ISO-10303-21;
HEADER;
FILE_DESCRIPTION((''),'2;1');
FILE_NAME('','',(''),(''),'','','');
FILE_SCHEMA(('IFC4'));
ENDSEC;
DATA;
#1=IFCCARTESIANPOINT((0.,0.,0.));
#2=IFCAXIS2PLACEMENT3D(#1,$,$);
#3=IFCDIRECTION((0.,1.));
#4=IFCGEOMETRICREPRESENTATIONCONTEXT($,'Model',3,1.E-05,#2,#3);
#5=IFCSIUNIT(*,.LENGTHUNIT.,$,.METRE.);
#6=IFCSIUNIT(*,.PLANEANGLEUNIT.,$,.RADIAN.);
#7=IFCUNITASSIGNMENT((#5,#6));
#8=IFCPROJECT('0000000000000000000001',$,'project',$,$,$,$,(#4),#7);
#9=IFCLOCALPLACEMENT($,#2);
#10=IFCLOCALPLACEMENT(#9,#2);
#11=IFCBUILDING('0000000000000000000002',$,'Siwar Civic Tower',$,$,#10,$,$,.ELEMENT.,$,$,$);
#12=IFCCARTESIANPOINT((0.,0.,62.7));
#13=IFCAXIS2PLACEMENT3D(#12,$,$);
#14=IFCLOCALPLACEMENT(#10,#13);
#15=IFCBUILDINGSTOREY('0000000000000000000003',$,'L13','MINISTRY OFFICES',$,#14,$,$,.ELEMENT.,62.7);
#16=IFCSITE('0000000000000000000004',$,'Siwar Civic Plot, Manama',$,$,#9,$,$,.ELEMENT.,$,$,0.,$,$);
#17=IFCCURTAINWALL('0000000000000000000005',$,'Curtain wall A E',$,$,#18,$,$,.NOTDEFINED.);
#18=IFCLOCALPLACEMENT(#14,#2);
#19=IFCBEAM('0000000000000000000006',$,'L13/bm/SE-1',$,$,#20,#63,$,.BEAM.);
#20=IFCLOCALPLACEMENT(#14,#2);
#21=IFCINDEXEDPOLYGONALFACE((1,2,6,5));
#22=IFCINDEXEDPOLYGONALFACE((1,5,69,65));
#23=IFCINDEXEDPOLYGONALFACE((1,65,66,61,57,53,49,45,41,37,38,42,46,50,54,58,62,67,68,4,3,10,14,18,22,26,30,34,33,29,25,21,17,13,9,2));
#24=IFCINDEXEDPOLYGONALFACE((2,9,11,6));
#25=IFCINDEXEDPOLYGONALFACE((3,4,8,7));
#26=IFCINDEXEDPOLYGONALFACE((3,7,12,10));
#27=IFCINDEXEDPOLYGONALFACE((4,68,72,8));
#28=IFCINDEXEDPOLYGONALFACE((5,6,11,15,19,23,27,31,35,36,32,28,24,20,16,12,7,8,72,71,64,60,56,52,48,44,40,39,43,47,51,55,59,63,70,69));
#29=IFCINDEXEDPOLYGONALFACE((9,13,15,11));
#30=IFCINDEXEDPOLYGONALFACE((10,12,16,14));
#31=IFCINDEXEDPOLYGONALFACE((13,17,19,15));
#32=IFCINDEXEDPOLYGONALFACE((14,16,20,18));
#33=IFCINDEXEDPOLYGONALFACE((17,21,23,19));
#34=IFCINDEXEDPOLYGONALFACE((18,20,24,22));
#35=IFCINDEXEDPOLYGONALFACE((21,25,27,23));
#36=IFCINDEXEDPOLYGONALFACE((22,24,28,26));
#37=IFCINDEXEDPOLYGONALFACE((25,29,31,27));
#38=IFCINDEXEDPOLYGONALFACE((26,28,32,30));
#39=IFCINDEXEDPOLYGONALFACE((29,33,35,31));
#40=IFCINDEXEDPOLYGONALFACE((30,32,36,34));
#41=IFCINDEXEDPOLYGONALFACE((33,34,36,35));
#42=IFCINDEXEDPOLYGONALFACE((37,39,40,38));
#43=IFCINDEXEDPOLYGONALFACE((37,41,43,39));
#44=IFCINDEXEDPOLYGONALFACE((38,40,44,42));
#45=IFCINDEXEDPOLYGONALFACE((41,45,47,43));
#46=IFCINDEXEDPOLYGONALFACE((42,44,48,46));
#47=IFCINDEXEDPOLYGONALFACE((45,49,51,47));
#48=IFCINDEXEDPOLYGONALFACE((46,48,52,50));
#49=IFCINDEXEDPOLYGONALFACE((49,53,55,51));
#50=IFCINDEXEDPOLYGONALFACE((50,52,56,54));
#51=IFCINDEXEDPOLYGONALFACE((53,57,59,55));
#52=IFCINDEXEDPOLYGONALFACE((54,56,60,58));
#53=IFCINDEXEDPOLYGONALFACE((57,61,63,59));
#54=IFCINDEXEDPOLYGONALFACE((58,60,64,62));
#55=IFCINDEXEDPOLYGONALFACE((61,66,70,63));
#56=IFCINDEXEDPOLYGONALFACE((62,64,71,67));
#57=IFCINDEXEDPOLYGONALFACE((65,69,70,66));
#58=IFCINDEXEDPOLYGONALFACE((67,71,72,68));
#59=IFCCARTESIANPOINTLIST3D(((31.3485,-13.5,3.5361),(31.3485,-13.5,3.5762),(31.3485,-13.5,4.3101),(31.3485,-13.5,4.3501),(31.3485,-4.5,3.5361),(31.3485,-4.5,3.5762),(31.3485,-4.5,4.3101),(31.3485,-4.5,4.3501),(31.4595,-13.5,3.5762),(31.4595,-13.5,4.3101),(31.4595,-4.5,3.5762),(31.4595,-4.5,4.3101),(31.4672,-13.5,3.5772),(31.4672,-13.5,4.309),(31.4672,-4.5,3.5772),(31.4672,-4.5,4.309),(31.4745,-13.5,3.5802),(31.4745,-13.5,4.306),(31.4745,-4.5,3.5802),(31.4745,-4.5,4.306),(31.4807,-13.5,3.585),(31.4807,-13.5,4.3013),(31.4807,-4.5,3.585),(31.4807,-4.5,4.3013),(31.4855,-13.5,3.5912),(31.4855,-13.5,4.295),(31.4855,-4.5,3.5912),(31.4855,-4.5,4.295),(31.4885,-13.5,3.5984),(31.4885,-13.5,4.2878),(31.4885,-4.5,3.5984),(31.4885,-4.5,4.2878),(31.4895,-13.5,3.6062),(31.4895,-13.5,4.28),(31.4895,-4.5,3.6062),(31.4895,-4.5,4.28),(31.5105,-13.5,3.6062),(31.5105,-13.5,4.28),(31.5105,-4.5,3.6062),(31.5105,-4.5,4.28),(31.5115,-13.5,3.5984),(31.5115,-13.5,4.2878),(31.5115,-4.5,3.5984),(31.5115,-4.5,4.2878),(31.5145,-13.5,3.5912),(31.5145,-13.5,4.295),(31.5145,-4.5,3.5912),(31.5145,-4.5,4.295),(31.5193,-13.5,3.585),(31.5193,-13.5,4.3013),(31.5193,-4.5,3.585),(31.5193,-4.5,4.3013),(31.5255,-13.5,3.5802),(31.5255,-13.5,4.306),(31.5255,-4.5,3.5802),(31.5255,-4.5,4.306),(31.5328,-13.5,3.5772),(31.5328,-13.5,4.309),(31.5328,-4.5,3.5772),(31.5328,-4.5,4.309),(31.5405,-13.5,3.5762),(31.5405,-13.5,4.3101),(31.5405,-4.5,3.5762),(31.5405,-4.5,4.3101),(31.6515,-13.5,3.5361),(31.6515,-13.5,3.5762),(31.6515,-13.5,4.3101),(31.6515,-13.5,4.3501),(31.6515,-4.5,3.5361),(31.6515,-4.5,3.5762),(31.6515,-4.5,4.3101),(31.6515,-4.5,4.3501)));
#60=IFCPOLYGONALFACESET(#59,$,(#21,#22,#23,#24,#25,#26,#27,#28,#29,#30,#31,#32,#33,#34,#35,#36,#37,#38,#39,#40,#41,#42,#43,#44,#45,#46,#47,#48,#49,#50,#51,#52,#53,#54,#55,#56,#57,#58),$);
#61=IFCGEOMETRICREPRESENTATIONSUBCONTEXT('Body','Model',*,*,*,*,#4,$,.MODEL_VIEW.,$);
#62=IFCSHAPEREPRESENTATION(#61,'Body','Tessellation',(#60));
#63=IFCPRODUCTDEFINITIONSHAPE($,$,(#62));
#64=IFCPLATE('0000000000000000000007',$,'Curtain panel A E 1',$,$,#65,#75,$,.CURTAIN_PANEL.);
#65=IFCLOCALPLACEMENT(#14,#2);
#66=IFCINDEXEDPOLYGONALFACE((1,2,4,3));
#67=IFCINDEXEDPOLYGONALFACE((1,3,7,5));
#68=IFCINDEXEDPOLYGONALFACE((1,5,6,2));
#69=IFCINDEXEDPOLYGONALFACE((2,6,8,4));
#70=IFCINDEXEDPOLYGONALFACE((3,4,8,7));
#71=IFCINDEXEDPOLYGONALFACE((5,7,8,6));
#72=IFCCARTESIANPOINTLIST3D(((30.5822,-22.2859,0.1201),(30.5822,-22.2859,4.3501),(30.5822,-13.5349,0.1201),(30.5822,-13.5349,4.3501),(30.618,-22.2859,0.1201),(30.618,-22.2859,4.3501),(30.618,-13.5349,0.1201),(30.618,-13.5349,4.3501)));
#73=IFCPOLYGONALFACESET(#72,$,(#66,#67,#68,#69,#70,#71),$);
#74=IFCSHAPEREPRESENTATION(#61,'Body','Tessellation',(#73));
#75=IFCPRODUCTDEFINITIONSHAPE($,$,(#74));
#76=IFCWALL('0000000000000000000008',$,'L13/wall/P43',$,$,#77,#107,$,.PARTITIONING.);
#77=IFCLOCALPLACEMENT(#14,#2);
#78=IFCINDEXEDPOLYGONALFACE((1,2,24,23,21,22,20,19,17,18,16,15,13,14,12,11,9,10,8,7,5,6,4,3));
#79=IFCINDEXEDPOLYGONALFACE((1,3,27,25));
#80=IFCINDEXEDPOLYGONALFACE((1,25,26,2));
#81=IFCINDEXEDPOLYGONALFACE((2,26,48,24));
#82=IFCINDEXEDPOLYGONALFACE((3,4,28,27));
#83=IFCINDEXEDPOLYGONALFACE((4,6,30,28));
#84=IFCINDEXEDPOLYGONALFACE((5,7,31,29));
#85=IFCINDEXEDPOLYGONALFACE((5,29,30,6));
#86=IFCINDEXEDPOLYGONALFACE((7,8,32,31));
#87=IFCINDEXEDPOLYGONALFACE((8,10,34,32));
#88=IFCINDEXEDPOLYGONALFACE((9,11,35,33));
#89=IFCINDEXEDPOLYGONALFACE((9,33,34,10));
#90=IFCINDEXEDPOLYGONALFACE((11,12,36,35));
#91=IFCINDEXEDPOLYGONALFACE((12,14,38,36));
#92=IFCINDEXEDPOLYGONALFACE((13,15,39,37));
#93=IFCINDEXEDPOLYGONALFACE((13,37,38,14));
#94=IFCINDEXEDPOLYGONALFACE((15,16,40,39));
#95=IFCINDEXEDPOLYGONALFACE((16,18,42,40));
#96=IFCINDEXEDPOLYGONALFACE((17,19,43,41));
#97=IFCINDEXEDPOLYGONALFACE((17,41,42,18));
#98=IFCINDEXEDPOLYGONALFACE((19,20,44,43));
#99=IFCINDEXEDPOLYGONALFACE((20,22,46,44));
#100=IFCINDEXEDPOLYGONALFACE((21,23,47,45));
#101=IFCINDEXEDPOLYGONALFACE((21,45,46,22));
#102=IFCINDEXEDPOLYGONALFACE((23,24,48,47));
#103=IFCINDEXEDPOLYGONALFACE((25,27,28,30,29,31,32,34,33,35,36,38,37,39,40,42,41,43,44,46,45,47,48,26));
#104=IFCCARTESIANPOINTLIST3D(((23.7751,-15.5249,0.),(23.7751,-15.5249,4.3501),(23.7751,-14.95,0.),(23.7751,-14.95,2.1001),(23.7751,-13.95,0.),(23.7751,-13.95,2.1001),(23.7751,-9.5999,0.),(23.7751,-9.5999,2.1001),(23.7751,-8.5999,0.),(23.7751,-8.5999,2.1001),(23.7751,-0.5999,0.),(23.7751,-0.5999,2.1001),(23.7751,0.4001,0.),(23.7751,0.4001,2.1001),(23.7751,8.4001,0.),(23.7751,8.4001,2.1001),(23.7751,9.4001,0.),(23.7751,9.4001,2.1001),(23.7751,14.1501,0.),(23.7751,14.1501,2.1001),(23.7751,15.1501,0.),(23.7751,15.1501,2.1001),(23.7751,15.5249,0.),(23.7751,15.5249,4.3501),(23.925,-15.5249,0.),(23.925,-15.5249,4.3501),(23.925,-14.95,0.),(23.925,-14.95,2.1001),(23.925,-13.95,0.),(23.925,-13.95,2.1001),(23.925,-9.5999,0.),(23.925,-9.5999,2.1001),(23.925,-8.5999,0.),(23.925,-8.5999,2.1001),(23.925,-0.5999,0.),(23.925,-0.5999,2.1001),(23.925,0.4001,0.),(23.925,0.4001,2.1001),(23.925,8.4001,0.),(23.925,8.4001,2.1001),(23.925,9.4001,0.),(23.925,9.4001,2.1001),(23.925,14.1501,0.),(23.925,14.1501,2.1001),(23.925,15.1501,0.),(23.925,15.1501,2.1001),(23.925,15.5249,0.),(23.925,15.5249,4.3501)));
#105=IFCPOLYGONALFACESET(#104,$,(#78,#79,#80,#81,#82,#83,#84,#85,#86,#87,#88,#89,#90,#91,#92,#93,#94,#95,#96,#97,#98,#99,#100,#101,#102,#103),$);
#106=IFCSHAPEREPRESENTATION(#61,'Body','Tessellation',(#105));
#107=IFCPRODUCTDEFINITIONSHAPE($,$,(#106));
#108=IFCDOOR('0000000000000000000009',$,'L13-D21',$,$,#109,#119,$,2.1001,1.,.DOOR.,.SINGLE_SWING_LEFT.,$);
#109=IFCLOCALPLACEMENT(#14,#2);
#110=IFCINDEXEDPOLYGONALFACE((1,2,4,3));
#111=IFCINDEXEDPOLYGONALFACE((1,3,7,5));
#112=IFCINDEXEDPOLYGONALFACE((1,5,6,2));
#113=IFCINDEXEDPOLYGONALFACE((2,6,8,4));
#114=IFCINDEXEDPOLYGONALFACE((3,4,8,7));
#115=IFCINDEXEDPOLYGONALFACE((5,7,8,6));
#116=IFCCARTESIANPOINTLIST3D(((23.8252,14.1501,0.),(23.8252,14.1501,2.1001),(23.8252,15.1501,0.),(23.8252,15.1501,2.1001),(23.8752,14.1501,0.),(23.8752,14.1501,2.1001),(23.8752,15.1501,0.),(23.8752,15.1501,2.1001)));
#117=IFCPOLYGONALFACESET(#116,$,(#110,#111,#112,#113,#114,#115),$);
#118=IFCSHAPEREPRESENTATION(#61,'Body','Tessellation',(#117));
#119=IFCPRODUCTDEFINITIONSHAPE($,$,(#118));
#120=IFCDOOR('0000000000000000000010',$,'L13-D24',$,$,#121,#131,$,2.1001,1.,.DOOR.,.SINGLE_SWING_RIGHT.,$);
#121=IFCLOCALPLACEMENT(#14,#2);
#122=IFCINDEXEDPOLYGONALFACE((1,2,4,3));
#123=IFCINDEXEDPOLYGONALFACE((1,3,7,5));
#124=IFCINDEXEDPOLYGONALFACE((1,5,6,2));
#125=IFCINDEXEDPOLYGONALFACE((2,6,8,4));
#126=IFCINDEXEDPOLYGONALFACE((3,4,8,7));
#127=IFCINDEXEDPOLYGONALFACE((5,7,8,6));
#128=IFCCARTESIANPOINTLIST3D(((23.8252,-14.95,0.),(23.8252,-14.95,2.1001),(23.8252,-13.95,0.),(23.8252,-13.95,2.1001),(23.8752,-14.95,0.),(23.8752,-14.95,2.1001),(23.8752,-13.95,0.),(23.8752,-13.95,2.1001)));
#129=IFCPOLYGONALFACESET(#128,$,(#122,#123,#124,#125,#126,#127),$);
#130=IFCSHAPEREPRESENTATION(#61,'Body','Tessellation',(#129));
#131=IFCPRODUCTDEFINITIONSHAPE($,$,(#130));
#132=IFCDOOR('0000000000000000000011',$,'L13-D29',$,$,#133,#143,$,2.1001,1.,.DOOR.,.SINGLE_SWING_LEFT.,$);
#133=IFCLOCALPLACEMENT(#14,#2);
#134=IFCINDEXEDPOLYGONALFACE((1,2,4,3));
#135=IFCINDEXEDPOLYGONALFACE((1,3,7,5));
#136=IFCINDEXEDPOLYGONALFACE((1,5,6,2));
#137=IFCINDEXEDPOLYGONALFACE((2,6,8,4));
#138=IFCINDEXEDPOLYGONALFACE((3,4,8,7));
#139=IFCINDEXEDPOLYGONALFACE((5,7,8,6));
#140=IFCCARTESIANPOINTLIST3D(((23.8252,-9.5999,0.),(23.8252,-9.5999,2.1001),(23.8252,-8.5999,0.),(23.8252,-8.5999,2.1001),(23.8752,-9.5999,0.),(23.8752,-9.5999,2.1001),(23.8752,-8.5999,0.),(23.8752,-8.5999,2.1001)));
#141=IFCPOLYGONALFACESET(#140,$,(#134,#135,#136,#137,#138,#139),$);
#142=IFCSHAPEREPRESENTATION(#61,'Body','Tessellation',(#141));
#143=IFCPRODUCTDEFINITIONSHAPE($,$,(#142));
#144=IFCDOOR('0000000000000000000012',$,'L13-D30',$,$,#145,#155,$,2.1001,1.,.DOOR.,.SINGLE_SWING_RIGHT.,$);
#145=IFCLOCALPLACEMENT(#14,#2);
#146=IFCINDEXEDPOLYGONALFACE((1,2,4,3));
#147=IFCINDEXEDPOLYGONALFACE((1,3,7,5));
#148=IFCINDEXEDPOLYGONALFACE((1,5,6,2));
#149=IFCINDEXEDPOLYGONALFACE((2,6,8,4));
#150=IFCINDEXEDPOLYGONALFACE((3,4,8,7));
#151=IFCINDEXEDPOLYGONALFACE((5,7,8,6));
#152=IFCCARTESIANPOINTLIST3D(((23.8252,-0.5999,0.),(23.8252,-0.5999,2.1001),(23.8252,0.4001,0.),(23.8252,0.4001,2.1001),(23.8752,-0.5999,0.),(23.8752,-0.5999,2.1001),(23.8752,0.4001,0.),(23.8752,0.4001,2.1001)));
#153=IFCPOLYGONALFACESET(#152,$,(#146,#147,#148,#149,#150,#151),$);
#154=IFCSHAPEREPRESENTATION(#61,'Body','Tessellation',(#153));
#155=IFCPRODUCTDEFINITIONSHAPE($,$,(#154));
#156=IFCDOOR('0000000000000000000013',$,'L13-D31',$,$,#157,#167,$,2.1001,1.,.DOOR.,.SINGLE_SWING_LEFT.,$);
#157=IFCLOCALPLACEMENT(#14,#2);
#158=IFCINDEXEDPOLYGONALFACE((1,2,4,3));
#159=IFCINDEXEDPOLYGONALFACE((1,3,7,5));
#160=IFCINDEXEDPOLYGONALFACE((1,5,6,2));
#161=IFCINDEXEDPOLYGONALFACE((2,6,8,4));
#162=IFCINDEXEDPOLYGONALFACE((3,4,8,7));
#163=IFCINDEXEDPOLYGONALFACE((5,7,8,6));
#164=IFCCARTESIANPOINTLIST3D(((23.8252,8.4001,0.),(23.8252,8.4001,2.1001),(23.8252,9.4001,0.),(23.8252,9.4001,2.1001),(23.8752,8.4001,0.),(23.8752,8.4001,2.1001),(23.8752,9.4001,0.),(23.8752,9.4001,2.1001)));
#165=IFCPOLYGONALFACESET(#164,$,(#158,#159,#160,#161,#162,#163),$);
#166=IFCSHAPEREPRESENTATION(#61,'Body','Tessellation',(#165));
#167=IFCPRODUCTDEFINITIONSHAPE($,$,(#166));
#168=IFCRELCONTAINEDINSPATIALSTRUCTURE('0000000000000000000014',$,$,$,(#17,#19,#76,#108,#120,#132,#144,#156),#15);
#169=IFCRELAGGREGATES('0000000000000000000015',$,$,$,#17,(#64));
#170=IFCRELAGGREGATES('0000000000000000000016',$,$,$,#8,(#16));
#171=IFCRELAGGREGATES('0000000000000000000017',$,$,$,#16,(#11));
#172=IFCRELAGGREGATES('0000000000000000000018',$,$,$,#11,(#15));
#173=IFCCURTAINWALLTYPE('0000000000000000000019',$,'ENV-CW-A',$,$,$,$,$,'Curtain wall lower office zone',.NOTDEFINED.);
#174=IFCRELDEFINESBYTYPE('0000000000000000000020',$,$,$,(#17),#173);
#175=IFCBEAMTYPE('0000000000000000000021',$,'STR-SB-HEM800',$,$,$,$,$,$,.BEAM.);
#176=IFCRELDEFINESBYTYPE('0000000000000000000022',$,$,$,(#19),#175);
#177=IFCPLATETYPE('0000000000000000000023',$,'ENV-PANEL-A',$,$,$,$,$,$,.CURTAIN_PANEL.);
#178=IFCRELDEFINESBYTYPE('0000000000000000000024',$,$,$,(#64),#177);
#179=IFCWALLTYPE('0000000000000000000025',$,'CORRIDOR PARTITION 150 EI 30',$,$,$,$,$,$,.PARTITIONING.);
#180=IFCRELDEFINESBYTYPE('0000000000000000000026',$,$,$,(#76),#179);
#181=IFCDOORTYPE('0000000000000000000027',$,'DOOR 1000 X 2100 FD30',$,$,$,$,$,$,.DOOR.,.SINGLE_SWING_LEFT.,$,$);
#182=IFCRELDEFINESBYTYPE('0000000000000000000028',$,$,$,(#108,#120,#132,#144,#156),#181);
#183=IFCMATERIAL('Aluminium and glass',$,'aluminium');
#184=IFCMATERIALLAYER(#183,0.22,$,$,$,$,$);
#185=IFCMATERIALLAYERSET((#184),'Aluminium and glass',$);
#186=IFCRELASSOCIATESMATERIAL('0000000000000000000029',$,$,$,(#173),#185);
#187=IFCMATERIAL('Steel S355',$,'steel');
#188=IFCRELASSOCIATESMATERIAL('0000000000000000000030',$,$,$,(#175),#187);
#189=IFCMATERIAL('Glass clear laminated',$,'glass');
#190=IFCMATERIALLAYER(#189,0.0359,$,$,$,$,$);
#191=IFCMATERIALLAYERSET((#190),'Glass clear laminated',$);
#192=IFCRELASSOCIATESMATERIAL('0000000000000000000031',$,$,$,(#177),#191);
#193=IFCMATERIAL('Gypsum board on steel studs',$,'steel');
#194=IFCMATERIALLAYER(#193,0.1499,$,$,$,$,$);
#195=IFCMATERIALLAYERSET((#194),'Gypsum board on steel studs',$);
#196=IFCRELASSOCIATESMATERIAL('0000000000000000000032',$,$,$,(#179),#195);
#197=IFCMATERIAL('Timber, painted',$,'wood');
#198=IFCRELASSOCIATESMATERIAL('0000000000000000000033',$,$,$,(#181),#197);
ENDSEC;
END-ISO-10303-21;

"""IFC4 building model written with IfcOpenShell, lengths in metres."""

from ifc_helpers import new_model, si_unit, direction, frame, frame_2d, origin, origin_2d, place, context, subcontext, project, spatial, rectangle, i_section, extrude, material, layer, layer_set, material_profile, profile_set, type_object, element, fill, aggregate, save


model = new_model("IFC4")

# Units and contexts
model_context = context("Model", 3, precision=1e-05, world=origin(), true_north=direction((0.0, 1.0)))
body_context = subcontext(model_context, "Body", "Model", "MODEL_VIEW")
ifc_project = project(units=[si_unit("LENGTHUNIT", "METRE"), si_unit("PLANEANGLEUNIT", "RADIAN")], contexts=[model_context])

# Site, building, storey
site_placement = place(None, origin())
site = spatial("IfcSite", under=ifc_project, at=site_placement, Name="Siwar Civic Plot, Manama", CompositionType="ELEMENT", RefElevation=0.0)
building_placement = place(site_placement, origin())
building = spatial("IfcBuilding", under=site, at=building_placement, Name="Siwar Civic Tower", CompositionType="ELEMENT")
storey_placement = place(building_placement, frame((0.0, 0.0, 62.7)))
storey = spatial("IfcBuildingStorey", under=building, at=storey_placement, Name="L13", Description="MINISTRY OFFICES", CompositionType="ELEMENT", Elevation=62.7)

# Curtain wall
ifc_material_1 = material(Name="Aluminium and glass", Category="aluminium")
ifc_layer_1 = layer(ifc_material_1, 0.22)
ifc_layer_set_1 = layer_set([ifc_layer_1], Name="Aluminium and glass")
curtain_wall_type = type_object("IfcCurtainWallType", Name="ENV-CW-A", ElementType="Curtain wall lower office zone", PredefinedType="NOTDEFINED", material=ifc_layer_set_1)
curtain_wall_placement = place(storey_placement, origin())
curtain_wall = element("IfcCurtainWall", 1, at=curtain_wall_placement, inside=storey, type_object=curtain_wall_type, Name="Curtain wall A E", PredefinedType="NOTDEFINED")

# Beam
ifc_material_2 = material(Name="Steel S355", Category="steel")
ifc_material_profile_1 = material_profile(ifc_material_2, i_section(OverallWidth=0.303, OverallDepth=0.814, WebThickness=0.021, FlangeThickness=0.04, FilletRadius=0.03, at=origin_2d()), Name="HEM800")
ifc_profile_set_1 = profile_set([ifc_material_profile_1], Name="Steel S355")
beam_type_1 = type_object("IfcBeamType", Name="STR-SB-HEM800", PredefinedType="BEAM", material=ifc_profile_set_1)
beam_1_placement = place(storey_placement, frame((31.5, -13.5, 3.9431), z_axis=(0.0, 1.0, 0.0), x_axis=(-1.0, 0.0, 0.0)))
element("IfcBeam", 2, at=beam_1_placement, inside=storey, type_object=beam_type_1, Name="L13/bm/SE-1", PredefinedType="BEAM", context=body_context, shape_type="SweptSolid", body=[
    extrude(i_section(OverallWidth=0.303, OverallDepth=0.814, WebThickness=0.021, FlangeThickness=0.04, FilletRadius=0.03, at=origin_2d()), origin(), (0.0, 0.0, 1.0), 9.0),
])

# Plate
ifc_material_3 = material(Name="Glass clear laminated", Category="glass")
ifc_layer_2 = layer(ifc_material_3, 0.0359)
ifc_layer_set_2 = layer_set([ifc_layer_2], Name="Glass clear laminated")
plate_type = type_object("IfcPlateType", Name="ENV-PANEL-A", PredefinedType="CURTAIN_PANEL", material=ifc_layer_set_2)
plate_placement = place(storey_placement, frame((30.6001, -17.9104, 0.1201), z_axis=(0.0, 0.0, 1.0), x_axis=(0.0, 1.0, 0.0)))
plate = element("IfcPlate", 3, at=plate_placement, type_object=plate_type, Name="Curtain panel A E 1", PredefinedType="CURTAIN_PANEL", context=body_context, shape_type="SweptSolid", body=[
    extrude(rectangle(XDim=8.751, YDim=0.0359, at=origin_2d()), origin(), (0.0, 0.0, 1.0), 4.23),
])
aggregate(curtain_wall, [plate])

# Wall, openings, doors
ifc_material_4 = material(Name="Gypsum board on steel studs", Category="steel")
ifc_layer_3 = layer(ifc_material_4, 0.1499)
ifc_layer_set_3 = layer_set([ifc_layer_3], Name="Gypsum board on steel studs")
wall_type_1 = type_object("IfcWallType", Name="CORRIDOR PARTITION 150 EI 30", PredefinedType="PARTITIONING", material=ifc_layer_set_3)
wall_1_placement = place(storey_placement, frame((23.8501, -15.5249, 0.0), z_axis=(0.0, 0.0, 1.0), x_axis=(0.0, 1.0, 0.0)))
wall_1 = element("IfcWall", 4, at=wall_1_placement, inside=storey, type_object=wall_type_1, Name="L13/wall/P43", PredefinedType="PARTITIONING", context=body_context, shape_type="SweptSolid", body=[
    extrude(rectangle(XDim=31.0498, YDim=0.1499, at=frame_2d((15.5249, 0.0))), origin(), (0.0, 0.0, 1.0), 4.3501),
])
opening_1_placement = place(wall_1_placement, frame((29.675, 0.0, 0.0)))
opening_1 = element("IfcOpeningElement", 5, at=opening_1_placement, cuts=wall_1, PredefinedType="OPENING", context=body_context, shape_type="SweptSolid", body=[
    extrude(rectangle(XDim=1.0, YDim=2.1001, at=frame_2d((0.5, 1.05))), frame((0.0, 0.085, 0.0), z_axis=(0.0, -1.0, 0.0), x_axis=(1.0, 0.0, 0.0)), (0.0, 0.0, 1.0), 0.1699),
])
opening_2_placement = place(wall_1_placement, frame((0.575, 0.0, 0.0)))
opening_2 = element("IfcOpeningElement", 6, at=opening_2_placement, cuts=wall_1, PredefinedType="OPENING", context=body_context, shape_type="SweptSolid", body=[
    extrude(rectangle(XDim=1.0, YDim=2.1001, at=frame_2d((0.5, 1.05))), frame((0.0, 0.085, 0.0), z_axis=(0.0, -1.0, 0.0), x_axis=(1.0, 0.0, 0.0)), (0.0, 0.0, 1.0), 0.1699),
])
opening_3_placement = place(wall_1_placement, frame((5.925, 0.0, 0.0)))
opening_3 = element("IfcOpeningElement", 7, at=opening_3_placement, cuts=wall_1, PredefinedType="OPENING", context=body_context, shape_type="SweptSolid", body=[
    extrude(rectangle(XDim=1.0, YDim=2.1001, at=frame_2d((0.5, 1.05))), frame((0.0, 0.085, 0.0), z_axis=(0.0, -1.0, 0.0), x_axis=(1.0, 0.0, 0.0)), (0.0, 0.0, 1.0), 0.1699),
])
opening_4_placement = place(wall_1_placement, frame((14.925, 0.0, 0.0)))
opening_4 = element("IfcOpeningElement", 8, at=opening_4_placement, cuts=wall_1, PredefinedType="OPENING", context=body_context, shape_type="SweptSolid", body=[
    extrude(rectangle(XDim=1.0, YDim=2.1001, at=frame_2d((0.5, 1.05))), frame((0.0, 0.085, 0.0), z_axis=(0.0, -1.0, 0.0), x_axis=(1.0, 0.0, 0.0)), (0.0, 0.0, 1.0), 0.1699),
])
opening_5_placement = place(wall_1_placement, frame((23.925, 0.0, 0.0)))
opening_5 = element("IfcOpeningElement", 9, at=opening_5_placement, cuts=wall_1, PredefinedType="OPENING", context=body_context, shape_type="SweptSolid", body=[
    extrude(rectangle(XDim=1.0, YDim=2.1001, at=frame_2d((0.5, 1.05))), frame((0.0, 0.085, 0.0), z_axis=(0.0, -1.0, 0.0), x_axis=(1.0, 0.0, 0.0)), (0.0, 0.0, 1.0), 0.1699),
])
ifc_material_5 = material(Name="Timber, painted", Category="wood")
door_type_1 = type_object("IfcDoorType", Name="DOOR 1000 X 2100 FD30", OperationType="SINGLE_SWING_LEFT", PredefinedType="DOOR", material=ifc_material_5)
door_1_placement = place(opening_1_placement, origin())
door_1 = element("IfcDoor", 10, at=door_1_placement, inside=storey, type_object=door_type_1, Name="L13-D21", OperationType="SINGLE_SWING_LEFT", OverallHeight=2.1001, OverallWidth=1.0, PredefinedType="DOOR", context=body_context, shape_type="SweptSolid", body=[
    extrude(rectangle(XDim=1.0, YDim=2.1001, at=frame_2d((0.5, 1.05))), frame((0.0, 0.0249, 0.0), z_axis=(0.0, -1.0, 0.0), x_axis=(1.0, 0.0, 0.0)), (0.0, 0.0, 1.0), 0.05),
])
fill(opening_1, door_1)
door_2_placement = place(opening_2_placement, origin())
door_2 = element("IfcDoor", 11, at=door_2_placement, inside=storey, type_object=door_type_1, Name="L13-D24", OperationType="SINGLE_SWING_RIGHT", OverallHeight=2.1001, OverallWidth=1.0, PredefinedType="DOOR", context=body_context, shape_type="SweptSolid", body=[
    extrude(rectangle(XDim=1.0, YDim=2.1001, at=frame_2d((0.5, 1.05))), frame((0.0, 0.0249, 0.0), z_axis=(0.0, -1.0, 0.0), x_axis=(1.0, 0.0, 0.0)), (0.0, 0.0, 1.0), 0.05),
])
fill(opening_2, door_2)
door_3_placement = place(opening_3_placement, origin())
door_3 = element("IfcDoor", 12, at=door_3_placement, inside=storey, type_object=door_type_1, Name="L13-D29", OperationType="SINGLE_SWING_LEFT", OverallHeight=2.1001, OverallWidth=1.0, PredefinedType="DOOR", context=body_context, shape_type="SweptSolid", body=[
    extrude(rectangle(XDim=1.0, YDim=2.1001, at=frame_2d((0.5, 1.05))), frame((0.0, 0.0249, 0.0), z_axis=(0.0, -1.0, 0.0), x_axis=(1.0, 0.0, 0.0)), (0.0, 0.0, 1.0), 0.05),
])
fill(opening_3, door_3)
door_4_placement = place(opening_4_placement, origin())
door_4 = element("IfcDoor", 13, at=door_4_placement, inside=storey, type_object=door_type_1, Name="L13-D30", OperationType="SINGLE_SWING_RIGHT", OverallHeight=2.1001, OverallWidth=1.0, PredefinedType="DOOR", context=body_context, shape_type="SweptSolid", body=[
    extrude(rectangle(XDim=1.0, YDim=2.1001, at=frame_2d((0.5, 1.05))), frame((0.0, 0.0249, 0.0), z_axis=(0.0, -1.0, 0.0), x_axis=(1.0, 0.0, 0.0)), (0.0, 0.0, 1.0), 0.05),
])
fill(opening_4, door_4)
door_5_placement = place(opening_5_placement, origin())
door_5 = element("IfcDoor", 14, at=door_5_placement, inside=storey, type_object=door_type_1, Name="L13-D31", OperationType="SINGLE_SWING_LEFT", OverallHeight=2.1001, OverallWidth=1.0, PredefinedType="DOOR", context=body_context, shape_type="SweptSolid", body=[
    extrude(rectangle(XDim=1.0, YDim=2.1001, at=frame_2d((0.5, 1.05))), frame((0.0, 0.0249, 0.0), z_axis=(0.0, -1.0, 0.0), x_axis=(1.0, 0.0, 0.0)), (0.0, 0.0, 1.0), 0.05),
])
fill(opening_5, door_5)

save(model, "model.ifc")
